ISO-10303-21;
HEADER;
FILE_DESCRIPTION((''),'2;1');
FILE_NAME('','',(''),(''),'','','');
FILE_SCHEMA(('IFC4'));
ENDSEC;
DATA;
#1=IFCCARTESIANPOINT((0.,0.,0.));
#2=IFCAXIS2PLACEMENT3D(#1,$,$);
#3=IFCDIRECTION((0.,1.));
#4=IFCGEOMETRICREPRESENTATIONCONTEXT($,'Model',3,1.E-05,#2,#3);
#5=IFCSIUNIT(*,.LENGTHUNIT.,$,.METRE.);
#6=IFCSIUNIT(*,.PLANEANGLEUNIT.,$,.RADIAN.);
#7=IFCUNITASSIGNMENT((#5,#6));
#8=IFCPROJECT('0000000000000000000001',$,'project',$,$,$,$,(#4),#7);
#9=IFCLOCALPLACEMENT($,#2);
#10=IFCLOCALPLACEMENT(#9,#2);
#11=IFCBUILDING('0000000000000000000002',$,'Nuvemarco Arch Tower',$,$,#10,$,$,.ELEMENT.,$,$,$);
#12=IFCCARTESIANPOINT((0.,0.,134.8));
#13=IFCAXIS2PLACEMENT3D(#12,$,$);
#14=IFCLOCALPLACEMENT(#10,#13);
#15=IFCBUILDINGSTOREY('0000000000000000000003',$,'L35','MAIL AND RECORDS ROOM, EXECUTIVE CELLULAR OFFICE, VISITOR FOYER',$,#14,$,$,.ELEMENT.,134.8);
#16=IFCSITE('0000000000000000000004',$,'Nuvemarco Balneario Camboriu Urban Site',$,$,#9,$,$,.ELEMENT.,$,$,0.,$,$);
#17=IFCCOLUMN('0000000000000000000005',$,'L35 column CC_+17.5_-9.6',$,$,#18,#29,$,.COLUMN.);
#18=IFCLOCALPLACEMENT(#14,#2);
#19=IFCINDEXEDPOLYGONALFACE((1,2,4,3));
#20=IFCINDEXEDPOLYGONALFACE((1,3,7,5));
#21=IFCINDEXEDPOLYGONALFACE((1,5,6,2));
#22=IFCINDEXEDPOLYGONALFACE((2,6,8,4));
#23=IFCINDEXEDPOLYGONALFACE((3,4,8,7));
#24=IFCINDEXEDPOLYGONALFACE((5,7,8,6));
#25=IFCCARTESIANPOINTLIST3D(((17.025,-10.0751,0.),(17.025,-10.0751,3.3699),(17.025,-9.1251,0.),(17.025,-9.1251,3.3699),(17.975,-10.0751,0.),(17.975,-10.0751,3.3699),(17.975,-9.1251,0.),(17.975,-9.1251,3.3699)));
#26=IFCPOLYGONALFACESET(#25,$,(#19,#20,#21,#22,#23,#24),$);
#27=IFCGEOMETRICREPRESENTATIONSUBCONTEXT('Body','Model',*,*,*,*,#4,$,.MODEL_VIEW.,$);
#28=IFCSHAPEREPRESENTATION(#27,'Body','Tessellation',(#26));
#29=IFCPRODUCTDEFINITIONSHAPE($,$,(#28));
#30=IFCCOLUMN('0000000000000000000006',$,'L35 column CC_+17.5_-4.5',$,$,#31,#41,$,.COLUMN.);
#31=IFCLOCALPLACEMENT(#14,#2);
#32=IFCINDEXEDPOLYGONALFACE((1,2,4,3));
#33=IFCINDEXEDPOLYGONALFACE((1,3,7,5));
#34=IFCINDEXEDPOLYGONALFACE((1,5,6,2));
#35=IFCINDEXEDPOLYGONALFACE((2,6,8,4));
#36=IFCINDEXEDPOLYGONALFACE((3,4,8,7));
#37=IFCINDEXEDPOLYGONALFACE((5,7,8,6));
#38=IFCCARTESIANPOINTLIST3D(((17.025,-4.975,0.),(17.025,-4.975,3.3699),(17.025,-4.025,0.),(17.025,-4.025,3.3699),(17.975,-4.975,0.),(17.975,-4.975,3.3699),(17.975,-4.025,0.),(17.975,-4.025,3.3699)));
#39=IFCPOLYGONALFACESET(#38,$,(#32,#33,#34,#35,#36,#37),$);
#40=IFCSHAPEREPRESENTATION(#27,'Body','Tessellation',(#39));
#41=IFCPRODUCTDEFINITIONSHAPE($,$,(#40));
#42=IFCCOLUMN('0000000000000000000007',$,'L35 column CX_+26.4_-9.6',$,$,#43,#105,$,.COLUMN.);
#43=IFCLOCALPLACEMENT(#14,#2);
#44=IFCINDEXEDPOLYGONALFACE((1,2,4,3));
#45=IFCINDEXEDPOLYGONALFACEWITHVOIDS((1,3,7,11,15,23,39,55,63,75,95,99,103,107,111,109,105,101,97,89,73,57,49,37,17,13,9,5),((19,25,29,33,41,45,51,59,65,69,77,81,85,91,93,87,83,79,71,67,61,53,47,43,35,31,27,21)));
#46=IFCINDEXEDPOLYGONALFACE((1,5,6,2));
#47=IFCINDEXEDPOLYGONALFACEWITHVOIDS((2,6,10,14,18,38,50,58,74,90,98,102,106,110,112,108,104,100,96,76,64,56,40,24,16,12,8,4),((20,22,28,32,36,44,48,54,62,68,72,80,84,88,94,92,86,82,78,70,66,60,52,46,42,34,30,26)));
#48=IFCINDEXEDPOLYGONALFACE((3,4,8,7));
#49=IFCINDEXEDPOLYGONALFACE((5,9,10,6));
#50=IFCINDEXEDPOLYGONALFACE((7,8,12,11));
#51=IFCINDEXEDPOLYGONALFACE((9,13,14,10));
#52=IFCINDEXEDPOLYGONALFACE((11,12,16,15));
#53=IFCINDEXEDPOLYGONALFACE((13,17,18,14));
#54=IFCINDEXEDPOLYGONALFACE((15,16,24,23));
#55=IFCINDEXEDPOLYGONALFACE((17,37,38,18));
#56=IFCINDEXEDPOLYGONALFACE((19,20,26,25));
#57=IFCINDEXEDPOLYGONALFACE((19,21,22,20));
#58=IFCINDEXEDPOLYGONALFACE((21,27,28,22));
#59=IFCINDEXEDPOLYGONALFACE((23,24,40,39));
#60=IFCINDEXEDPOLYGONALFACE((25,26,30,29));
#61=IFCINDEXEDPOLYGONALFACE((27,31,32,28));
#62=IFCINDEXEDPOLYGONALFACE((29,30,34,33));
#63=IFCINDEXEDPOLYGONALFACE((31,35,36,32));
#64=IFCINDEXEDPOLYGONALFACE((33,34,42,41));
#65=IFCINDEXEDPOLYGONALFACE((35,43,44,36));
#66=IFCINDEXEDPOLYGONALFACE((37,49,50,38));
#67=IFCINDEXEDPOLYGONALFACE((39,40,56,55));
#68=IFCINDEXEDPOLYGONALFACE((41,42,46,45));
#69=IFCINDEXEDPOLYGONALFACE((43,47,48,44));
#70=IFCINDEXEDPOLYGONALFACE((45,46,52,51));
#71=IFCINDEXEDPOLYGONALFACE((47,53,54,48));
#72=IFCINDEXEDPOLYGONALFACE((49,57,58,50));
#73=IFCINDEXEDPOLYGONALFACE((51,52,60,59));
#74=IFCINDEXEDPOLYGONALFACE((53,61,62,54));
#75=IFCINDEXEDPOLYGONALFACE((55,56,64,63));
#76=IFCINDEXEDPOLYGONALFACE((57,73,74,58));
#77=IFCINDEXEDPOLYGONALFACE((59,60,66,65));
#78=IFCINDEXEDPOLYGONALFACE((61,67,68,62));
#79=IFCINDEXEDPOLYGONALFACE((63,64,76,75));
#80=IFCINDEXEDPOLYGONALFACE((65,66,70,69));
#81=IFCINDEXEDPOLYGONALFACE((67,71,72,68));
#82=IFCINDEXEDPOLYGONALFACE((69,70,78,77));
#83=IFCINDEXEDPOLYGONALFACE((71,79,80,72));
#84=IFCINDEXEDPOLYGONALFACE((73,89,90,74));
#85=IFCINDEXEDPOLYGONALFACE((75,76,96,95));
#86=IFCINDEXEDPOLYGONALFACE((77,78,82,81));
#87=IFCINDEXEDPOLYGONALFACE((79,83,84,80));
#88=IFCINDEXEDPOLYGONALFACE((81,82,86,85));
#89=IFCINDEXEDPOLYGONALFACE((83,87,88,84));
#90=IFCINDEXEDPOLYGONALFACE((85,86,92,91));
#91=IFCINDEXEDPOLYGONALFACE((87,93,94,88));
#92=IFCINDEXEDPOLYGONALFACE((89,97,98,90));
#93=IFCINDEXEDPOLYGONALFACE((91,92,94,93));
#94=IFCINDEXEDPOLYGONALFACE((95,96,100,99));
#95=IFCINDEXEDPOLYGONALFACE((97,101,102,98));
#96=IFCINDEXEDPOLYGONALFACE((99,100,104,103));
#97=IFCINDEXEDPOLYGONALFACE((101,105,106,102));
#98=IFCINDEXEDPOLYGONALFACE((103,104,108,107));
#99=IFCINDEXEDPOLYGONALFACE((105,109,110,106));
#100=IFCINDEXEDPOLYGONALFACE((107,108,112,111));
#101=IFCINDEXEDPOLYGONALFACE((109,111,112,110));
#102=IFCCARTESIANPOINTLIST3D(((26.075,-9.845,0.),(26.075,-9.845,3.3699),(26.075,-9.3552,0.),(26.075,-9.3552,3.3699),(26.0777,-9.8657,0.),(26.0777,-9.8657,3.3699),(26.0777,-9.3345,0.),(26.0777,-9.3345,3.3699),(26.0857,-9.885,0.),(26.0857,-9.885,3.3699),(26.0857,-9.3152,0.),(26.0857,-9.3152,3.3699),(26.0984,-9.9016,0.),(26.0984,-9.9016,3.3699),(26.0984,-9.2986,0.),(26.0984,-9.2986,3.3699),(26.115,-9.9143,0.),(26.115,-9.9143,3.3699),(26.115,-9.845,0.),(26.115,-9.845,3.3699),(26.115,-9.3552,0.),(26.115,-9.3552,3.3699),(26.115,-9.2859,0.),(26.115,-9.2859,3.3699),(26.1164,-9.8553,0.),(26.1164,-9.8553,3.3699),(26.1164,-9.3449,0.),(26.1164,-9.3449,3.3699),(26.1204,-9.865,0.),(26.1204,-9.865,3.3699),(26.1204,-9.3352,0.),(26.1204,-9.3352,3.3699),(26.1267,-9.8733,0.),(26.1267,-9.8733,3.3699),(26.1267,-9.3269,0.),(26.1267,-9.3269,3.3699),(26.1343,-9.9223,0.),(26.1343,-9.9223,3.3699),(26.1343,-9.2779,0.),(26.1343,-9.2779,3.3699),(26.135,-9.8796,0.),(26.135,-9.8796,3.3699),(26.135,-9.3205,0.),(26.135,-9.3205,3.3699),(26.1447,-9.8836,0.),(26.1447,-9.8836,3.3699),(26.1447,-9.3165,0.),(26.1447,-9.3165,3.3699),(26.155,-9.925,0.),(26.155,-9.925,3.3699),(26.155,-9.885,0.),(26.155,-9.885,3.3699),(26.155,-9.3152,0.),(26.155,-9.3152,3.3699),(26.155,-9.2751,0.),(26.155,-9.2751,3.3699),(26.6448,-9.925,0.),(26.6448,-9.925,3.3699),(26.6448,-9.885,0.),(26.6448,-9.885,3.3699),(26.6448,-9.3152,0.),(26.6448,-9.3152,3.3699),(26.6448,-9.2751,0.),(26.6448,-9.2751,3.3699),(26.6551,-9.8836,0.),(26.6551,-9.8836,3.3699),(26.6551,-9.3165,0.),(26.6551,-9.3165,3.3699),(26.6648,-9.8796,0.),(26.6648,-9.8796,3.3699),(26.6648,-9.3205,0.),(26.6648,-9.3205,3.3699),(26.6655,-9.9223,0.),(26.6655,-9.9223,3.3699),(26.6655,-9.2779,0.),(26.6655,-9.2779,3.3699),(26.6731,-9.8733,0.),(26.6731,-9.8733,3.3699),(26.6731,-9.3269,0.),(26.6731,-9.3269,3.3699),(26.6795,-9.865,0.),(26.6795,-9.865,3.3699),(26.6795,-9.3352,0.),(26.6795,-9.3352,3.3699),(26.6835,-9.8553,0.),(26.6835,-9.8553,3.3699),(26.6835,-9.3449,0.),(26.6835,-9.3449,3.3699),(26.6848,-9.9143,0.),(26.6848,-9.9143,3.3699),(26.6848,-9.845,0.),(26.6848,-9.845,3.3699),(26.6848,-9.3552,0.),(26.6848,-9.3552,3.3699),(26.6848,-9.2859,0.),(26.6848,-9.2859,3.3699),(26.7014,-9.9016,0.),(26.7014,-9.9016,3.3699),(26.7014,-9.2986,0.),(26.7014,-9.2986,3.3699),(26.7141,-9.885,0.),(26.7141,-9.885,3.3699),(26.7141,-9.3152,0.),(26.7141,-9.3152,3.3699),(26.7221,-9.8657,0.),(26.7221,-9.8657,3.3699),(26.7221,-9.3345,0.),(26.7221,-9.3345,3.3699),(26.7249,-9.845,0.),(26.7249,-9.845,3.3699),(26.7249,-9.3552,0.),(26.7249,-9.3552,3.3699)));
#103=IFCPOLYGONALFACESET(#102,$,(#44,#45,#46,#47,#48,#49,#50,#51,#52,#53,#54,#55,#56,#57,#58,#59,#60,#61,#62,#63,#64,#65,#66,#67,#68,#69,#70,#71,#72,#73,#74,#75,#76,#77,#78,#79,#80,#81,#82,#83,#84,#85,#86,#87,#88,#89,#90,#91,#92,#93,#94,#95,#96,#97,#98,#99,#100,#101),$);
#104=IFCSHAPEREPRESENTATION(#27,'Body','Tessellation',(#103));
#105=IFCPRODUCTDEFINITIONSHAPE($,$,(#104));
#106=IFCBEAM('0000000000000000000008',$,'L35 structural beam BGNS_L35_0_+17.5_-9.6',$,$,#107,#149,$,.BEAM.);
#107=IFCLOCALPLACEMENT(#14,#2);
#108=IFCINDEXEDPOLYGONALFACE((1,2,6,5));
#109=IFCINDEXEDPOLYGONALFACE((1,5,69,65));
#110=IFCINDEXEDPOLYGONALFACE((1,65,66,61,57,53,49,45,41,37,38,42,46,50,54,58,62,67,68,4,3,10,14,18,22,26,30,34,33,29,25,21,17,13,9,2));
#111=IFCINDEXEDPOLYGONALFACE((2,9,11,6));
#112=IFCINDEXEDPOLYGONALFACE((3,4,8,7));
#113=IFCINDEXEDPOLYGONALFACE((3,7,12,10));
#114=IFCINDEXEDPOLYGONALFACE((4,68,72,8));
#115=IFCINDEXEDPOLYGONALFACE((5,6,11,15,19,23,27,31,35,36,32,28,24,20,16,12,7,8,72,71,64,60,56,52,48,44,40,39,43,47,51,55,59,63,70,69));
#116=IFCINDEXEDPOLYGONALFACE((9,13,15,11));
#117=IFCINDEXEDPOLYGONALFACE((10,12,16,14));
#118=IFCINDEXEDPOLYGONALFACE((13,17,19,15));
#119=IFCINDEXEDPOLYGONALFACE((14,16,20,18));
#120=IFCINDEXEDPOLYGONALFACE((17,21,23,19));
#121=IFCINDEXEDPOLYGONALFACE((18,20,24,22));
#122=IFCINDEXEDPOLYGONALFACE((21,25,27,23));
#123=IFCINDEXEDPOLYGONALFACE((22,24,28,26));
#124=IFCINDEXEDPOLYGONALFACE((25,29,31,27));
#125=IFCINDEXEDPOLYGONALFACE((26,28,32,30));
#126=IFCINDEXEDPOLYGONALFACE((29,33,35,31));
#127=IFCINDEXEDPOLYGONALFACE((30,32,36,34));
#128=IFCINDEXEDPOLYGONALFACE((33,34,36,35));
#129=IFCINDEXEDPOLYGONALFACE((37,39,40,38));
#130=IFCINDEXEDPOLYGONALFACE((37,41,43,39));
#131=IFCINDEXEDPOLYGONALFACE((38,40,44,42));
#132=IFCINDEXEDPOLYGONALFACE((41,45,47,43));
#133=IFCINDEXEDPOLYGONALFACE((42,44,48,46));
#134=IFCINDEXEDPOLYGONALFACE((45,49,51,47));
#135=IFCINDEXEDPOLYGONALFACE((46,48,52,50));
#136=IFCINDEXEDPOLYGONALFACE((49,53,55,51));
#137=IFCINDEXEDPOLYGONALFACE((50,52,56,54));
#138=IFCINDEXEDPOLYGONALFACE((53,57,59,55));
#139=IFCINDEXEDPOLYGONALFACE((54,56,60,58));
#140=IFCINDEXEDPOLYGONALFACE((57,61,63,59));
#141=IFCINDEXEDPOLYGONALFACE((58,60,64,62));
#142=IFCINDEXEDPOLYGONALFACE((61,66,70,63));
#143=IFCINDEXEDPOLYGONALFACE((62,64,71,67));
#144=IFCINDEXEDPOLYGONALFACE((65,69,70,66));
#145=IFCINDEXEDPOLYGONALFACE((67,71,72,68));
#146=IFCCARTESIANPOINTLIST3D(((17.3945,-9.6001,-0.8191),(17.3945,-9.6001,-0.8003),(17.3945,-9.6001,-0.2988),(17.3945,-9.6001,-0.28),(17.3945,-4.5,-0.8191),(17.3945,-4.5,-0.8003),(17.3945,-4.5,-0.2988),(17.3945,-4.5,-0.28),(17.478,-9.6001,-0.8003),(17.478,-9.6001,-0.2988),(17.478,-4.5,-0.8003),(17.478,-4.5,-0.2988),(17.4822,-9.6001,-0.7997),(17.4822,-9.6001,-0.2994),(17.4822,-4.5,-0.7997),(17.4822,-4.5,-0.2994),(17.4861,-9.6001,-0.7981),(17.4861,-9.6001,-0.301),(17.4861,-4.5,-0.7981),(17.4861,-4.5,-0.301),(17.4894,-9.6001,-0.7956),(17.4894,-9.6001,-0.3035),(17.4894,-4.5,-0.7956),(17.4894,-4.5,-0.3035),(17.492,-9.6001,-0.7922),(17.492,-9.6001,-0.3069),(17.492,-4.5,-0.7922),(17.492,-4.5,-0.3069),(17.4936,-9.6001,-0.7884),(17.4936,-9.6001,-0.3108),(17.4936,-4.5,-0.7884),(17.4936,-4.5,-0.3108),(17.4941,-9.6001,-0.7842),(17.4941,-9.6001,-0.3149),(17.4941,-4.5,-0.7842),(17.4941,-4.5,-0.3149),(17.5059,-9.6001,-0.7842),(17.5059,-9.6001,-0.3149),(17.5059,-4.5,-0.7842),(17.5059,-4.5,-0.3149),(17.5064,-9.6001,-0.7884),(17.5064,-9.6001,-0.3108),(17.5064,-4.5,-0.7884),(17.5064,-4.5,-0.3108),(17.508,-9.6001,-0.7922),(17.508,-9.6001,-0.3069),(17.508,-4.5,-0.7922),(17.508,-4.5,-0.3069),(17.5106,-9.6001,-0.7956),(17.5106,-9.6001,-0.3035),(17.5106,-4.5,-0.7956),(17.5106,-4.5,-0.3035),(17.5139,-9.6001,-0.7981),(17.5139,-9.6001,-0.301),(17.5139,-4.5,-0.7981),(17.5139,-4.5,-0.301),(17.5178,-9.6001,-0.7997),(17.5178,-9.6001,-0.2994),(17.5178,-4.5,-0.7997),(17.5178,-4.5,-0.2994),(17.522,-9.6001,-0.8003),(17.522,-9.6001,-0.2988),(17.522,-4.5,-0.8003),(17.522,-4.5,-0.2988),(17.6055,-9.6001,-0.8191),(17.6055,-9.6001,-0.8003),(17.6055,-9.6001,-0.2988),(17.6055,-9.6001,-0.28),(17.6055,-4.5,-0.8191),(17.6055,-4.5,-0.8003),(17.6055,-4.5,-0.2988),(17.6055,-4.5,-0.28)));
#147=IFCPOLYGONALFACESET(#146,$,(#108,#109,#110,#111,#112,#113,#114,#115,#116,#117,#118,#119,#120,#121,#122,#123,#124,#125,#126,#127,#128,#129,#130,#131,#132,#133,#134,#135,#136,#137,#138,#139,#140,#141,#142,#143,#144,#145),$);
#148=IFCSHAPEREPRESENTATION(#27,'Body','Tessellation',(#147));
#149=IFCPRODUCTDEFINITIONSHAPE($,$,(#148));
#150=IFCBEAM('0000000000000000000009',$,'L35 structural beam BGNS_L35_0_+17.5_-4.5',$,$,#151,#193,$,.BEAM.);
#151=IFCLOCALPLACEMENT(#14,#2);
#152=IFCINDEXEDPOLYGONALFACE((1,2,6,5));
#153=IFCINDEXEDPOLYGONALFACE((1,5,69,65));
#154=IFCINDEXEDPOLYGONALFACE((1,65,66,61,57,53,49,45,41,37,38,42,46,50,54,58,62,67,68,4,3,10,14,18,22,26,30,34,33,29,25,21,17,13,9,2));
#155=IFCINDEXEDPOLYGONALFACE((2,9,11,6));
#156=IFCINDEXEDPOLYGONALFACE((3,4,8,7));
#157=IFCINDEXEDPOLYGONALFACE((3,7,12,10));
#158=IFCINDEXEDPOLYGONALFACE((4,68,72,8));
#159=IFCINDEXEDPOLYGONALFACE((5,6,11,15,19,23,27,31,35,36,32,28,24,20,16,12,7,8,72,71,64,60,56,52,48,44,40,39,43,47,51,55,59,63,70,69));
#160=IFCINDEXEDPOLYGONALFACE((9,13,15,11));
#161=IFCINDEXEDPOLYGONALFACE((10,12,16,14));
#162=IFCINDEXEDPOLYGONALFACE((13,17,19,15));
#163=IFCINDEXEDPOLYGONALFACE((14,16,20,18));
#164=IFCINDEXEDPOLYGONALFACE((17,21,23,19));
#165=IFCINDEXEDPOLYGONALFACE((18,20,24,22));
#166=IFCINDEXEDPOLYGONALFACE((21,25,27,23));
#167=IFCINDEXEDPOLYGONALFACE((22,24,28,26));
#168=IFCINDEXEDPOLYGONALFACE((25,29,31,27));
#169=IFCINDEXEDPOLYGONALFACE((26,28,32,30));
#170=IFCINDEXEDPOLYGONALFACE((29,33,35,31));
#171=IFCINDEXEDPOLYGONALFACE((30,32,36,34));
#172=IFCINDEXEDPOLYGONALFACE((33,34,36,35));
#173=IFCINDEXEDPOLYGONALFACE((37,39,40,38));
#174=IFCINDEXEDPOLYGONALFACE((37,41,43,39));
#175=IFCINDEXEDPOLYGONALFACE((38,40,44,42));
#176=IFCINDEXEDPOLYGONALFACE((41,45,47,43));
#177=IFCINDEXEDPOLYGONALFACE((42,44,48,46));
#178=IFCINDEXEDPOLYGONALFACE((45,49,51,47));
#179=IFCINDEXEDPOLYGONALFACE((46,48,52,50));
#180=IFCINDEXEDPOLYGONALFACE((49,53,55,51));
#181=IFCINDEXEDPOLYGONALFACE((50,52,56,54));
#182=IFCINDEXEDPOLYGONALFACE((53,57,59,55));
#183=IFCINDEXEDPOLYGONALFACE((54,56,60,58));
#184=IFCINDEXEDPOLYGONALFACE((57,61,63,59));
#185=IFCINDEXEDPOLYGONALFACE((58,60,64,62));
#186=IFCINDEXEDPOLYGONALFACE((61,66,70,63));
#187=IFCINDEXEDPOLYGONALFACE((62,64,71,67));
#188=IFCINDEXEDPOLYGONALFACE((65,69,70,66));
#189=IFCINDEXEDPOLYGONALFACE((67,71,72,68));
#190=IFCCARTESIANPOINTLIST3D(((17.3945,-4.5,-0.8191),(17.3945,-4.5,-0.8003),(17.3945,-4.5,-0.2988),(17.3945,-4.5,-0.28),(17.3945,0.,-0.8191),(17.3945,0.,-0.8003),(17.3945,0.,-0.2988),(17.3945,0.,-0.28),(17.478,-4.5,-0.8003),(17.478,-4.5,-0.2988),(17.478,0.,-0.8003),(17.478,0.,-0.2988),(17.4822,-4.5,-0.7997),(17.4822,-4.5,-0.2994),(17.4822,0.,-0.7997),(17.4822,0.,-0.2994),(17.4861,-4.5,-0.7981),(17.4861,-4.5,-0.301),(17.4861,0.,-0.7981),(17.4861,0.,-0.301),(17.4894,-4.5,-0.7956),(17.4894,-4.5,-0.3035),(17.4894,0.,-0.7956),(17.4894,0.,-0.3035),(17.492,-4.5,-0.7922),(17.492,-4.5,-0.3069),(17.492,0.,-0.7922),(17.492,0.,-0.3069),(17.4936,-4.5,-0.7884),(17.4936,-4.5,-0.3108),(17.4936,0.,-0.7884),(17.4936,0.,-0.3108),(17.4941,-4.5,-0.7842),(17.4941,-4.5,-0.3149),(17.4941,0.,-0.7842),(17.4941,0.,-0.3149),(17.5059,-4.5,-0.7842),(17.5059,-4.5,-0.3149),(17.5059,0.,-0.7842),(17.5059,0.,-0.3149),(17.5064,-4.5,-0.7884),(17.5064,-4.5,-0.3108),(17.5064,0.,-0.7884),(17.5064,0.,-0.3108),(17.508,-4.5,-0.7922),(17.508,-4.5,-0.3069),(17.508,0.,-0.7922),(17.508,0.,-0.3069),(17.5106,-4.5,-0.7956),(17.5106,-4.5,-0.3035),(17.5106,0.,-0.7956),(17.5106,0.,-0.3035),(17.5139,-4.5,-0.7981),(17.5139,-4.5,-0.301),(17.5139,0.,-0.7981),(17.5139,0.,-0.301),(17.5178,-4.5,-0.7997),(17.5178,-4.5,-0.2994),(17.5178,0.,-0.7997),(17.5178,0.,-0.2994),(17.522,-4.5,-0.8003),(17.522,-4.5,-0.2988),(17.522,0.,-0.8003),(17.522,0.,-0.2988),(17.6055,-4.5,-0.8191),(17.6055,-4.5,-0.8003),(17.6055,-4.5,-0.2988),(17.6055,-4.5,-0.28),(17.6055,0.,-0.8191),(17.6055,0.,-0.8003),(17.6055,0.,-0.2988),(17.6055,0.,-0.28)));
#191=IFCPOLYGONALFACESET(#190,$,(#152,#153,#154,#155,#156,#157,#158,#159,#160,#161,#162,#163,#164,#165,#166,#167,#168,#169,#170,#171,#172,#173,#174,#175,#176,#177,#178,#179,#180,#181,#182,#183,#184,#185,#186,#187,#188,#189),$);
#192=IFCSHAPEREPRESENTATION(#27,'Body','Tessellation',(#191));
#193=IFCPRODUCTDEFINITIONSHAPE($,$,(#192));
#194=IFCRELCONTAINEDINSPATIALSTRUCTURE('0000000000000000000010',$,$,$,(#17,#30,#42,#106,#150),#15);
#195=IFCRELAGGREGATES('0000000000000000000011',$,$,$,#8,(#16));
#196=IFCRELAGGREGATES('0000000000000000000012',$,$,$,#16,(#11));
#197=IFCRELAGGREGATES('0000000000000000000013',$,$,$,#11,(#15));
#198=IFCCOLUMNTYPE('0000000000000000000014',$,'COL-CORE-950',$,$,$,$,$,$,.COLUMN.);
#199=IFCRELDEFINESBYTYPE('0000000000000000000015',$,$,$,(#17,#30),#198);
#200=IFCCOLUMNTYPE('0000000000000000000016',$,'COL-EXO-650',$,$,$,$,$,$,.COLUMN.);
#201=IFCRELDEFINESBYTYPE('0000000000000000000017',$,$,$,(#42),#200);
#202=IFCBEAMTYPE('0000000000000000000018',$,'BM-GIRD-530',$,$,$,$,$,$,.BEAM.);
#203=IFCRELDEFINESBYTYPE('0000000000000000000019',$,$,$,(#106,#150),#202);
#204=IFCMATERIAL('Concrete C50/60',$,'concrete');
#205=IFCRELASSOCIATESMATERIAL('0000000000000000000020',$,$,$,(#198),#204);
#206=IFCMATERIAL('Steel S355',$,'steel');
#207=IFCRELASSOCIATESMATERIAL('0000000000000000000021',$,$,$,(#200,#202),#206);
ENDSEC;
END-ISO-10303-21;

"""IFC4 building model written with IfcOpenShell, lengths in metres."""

from ifc_helpers import new_model, si_unit, direction, frame, origin, origin_2d, place, context, subcontext, project, spatial, rectangle, hollow_rectangle, i_section, extrude, material, material_profile, profile_set, type_object, element, save


model = new_model("IFC4")

# Units and contexts
model_context = context("Model", 3, precision=1e-05, world=origin(), true_north=direction((0.0, 1.0)))
body_context = subcontext(model_context, "Body", "Model", "MODEL_VIEW")
ifc_project = project(units=[si_unit("LENGTHUNIT", "METRE"), si_unit("PLANEANGLEUNIT", "RADIAN")], contexts=[model_context])

# Site, building, storey
site_placement = place(None, origin())
site = spatial("IfcSite", under=ifc_project, at=site_placement, Name="Nuvemarco Balneario Camboriu Urban Site", CompositionType="ELEMENT", RefElevation=0.0)
building_placement = place(site_placement, origin())
building = spatial("IfcBuilding", under=site, at=building_placement, Name="Nuvemarco Arch Tower", CompositionType="ELEMENT")
storey_placement = place(building_placement, frame((0.0, 0.0, 134.8)))
storey = spatial("IfcBuildingStorey", under=building, at=storey_placement, Name="L35", Description="MAIL AND RECORDS ROOM, EXECUTIVE CELLULAR OFFICE, VISITOR FOYER", CompositionType="ELEMENT", Elevation=134.8)

# Columns
ifc_material_1 = material(Name="Concrete C50/60", Category="concrete")
ifc_material_profile_1 = material_profile(ifc_material_1, rectangle(XDim=0.95, YDim=0.95, at=origin_2d()), Name="RC-COL-950x950")
ifc_profile_set_1 = profile_set([ifc_material_profile_1], Name="Concrete C50/60")
column_type_1 = type_object("IfcColumnType", Name="COL-CORE-950", PredefinedType="COLUMN", material=ifc_profile_set_1)
for number, where, z_axis, x_axis, name in (
    (1, (17.5, -9.6001, 0.0), (0.0, 0.0, 1.0), (1.0, 0.0, 0.0), "L35 column CC_+17.5_-9.6"),
    (2, (17.5, -4.5, 0.0), (0.0, 0.0, 1.0), (1.0, 0.0, 0.0), "L35 column CC_+17.5_-4.5"),
):
    element("IfcColumn", number, at=place(storey_placement, frame(where, z_axis=z_axis, x_axis=x_axis)), inside=storey, type_object=column_type_1, Name=name, PredefinedType="COLUMN", context=body_context, shape_type="SweptSolid", body=[
        extrude(rectangle(XDim=0.95, YDim=0.95, at=origin_2d()), origin(), (0.0, 0.0, 1.0), 3.3699),
    ])
ifc_material_2 = material(Name="Steel S355", Category="steel")
ifc_material_profile_2 = material_profile(ifc_material_2, hollow_rectangle(XDim=0.6499, YDim=0.6499, WallThickness=0.04, InnerFilletRadius=0.04, OuterFilletRadius=0.0801, at=origin_2d()), Name="SHS650x650x40")
ifc_profile_set_2 = profile_set([ifc_material_profile_2], Name="Steel S355")
column_type_2 = type_object("IfcColumnType", Name="COL-EXO-650", PredefinedType="COLUMN", material=ifc_profile_set_2)
column_placement = place(storey_placement, frame((26.3999, -9.6001, 0.0), z_axis=(0.0, 0.0, 1.0), x_axis=(1.0, 0.0, 0.0)))
element("IfcColumn", 3, at=column_placement, inside=storey, type_object=column_type_2, Name="L35 column CX_+26.4_-9.6", PredefinedType="COLUMN", context=body_context, shape_type="SweptSolid", body=[
    extrude(hollow_rectangle(XDim=0.6499, YDim=0.6499, WallThickness=0.04, InnerFilletRadius=0.04, OuterFilletRadius=0.0801, at=origin_2d()), origin(), (0.0, 0.0, 1.0), 3.3699),
])

# Beams
ifc_material_profile_3 = material_profile(ifc_material_2, i_section(OverallWidth=0.2109, OverallDepth=0.5391, WebThickness=0.0117, FlangeThickness=0.0188, FilletRadius=0.0161, at=origin_2d()), Name="W530x109")
ifc_profile_set_3 = profile_set([ifc_material_profile_3], Name="Steel S355")
beam_type_1 = type_object("IfcBeamType", Name="BM-GIRD-530", PredefinedType="BEAM", material=ifc_profile_set_3)
beam_1_placement = place(storey_placement, frame((17.5, -9.6001, -0.5496), z_axis=(0.0, 1.0, 0.0), x_axis=(-1.0, 0.0, 0.0)))
element("IfcBeam", 4, at=beam_1_placement, inside=storey, type_object=beam_type_1, Name="L35 structural beam BGNS_L35_0_+17.5_-9.6", PredefinedType="BEAM", context=body_context, shape_type="SweptSolid", body=[
    extrude(i_section(OverallWidth=0.2109, OverallDepth=0.5391, WebThickness=0.0117, FlangeThickness=0.0188, FilletRadius=0.0161, at=origin_2d()), origin(), (0.0, 0.0, 1.0), 5.1001),
])
beam_2_placement = place(storey_placement, frame((17.5, -4.5, -0.5496), z_axis=(0.0, 1.0, 0.0), x_axis=(-1.0, 0.0, 0.0)))
element("IfcBeam", 5, at=beam_2_placement, inside=storey, type_object=beam_type_1, Name="L35 structural beam BGNS_L35_0_+17.5_-4.5", PredefinedType="BEAM", context=body_context, shape_type="SweptSolid", body=[
    extrude(i_section(OverallWidth=0.2109, OverallDepth=0.5391, WebThickness=0.0117, FlangeThickness=0.0188, FilletRadius=0.0161, at=origin_2d()), origin(), (0.0, 0.0, 1.0), 4.5),
])

save(model, "model.ifc")
